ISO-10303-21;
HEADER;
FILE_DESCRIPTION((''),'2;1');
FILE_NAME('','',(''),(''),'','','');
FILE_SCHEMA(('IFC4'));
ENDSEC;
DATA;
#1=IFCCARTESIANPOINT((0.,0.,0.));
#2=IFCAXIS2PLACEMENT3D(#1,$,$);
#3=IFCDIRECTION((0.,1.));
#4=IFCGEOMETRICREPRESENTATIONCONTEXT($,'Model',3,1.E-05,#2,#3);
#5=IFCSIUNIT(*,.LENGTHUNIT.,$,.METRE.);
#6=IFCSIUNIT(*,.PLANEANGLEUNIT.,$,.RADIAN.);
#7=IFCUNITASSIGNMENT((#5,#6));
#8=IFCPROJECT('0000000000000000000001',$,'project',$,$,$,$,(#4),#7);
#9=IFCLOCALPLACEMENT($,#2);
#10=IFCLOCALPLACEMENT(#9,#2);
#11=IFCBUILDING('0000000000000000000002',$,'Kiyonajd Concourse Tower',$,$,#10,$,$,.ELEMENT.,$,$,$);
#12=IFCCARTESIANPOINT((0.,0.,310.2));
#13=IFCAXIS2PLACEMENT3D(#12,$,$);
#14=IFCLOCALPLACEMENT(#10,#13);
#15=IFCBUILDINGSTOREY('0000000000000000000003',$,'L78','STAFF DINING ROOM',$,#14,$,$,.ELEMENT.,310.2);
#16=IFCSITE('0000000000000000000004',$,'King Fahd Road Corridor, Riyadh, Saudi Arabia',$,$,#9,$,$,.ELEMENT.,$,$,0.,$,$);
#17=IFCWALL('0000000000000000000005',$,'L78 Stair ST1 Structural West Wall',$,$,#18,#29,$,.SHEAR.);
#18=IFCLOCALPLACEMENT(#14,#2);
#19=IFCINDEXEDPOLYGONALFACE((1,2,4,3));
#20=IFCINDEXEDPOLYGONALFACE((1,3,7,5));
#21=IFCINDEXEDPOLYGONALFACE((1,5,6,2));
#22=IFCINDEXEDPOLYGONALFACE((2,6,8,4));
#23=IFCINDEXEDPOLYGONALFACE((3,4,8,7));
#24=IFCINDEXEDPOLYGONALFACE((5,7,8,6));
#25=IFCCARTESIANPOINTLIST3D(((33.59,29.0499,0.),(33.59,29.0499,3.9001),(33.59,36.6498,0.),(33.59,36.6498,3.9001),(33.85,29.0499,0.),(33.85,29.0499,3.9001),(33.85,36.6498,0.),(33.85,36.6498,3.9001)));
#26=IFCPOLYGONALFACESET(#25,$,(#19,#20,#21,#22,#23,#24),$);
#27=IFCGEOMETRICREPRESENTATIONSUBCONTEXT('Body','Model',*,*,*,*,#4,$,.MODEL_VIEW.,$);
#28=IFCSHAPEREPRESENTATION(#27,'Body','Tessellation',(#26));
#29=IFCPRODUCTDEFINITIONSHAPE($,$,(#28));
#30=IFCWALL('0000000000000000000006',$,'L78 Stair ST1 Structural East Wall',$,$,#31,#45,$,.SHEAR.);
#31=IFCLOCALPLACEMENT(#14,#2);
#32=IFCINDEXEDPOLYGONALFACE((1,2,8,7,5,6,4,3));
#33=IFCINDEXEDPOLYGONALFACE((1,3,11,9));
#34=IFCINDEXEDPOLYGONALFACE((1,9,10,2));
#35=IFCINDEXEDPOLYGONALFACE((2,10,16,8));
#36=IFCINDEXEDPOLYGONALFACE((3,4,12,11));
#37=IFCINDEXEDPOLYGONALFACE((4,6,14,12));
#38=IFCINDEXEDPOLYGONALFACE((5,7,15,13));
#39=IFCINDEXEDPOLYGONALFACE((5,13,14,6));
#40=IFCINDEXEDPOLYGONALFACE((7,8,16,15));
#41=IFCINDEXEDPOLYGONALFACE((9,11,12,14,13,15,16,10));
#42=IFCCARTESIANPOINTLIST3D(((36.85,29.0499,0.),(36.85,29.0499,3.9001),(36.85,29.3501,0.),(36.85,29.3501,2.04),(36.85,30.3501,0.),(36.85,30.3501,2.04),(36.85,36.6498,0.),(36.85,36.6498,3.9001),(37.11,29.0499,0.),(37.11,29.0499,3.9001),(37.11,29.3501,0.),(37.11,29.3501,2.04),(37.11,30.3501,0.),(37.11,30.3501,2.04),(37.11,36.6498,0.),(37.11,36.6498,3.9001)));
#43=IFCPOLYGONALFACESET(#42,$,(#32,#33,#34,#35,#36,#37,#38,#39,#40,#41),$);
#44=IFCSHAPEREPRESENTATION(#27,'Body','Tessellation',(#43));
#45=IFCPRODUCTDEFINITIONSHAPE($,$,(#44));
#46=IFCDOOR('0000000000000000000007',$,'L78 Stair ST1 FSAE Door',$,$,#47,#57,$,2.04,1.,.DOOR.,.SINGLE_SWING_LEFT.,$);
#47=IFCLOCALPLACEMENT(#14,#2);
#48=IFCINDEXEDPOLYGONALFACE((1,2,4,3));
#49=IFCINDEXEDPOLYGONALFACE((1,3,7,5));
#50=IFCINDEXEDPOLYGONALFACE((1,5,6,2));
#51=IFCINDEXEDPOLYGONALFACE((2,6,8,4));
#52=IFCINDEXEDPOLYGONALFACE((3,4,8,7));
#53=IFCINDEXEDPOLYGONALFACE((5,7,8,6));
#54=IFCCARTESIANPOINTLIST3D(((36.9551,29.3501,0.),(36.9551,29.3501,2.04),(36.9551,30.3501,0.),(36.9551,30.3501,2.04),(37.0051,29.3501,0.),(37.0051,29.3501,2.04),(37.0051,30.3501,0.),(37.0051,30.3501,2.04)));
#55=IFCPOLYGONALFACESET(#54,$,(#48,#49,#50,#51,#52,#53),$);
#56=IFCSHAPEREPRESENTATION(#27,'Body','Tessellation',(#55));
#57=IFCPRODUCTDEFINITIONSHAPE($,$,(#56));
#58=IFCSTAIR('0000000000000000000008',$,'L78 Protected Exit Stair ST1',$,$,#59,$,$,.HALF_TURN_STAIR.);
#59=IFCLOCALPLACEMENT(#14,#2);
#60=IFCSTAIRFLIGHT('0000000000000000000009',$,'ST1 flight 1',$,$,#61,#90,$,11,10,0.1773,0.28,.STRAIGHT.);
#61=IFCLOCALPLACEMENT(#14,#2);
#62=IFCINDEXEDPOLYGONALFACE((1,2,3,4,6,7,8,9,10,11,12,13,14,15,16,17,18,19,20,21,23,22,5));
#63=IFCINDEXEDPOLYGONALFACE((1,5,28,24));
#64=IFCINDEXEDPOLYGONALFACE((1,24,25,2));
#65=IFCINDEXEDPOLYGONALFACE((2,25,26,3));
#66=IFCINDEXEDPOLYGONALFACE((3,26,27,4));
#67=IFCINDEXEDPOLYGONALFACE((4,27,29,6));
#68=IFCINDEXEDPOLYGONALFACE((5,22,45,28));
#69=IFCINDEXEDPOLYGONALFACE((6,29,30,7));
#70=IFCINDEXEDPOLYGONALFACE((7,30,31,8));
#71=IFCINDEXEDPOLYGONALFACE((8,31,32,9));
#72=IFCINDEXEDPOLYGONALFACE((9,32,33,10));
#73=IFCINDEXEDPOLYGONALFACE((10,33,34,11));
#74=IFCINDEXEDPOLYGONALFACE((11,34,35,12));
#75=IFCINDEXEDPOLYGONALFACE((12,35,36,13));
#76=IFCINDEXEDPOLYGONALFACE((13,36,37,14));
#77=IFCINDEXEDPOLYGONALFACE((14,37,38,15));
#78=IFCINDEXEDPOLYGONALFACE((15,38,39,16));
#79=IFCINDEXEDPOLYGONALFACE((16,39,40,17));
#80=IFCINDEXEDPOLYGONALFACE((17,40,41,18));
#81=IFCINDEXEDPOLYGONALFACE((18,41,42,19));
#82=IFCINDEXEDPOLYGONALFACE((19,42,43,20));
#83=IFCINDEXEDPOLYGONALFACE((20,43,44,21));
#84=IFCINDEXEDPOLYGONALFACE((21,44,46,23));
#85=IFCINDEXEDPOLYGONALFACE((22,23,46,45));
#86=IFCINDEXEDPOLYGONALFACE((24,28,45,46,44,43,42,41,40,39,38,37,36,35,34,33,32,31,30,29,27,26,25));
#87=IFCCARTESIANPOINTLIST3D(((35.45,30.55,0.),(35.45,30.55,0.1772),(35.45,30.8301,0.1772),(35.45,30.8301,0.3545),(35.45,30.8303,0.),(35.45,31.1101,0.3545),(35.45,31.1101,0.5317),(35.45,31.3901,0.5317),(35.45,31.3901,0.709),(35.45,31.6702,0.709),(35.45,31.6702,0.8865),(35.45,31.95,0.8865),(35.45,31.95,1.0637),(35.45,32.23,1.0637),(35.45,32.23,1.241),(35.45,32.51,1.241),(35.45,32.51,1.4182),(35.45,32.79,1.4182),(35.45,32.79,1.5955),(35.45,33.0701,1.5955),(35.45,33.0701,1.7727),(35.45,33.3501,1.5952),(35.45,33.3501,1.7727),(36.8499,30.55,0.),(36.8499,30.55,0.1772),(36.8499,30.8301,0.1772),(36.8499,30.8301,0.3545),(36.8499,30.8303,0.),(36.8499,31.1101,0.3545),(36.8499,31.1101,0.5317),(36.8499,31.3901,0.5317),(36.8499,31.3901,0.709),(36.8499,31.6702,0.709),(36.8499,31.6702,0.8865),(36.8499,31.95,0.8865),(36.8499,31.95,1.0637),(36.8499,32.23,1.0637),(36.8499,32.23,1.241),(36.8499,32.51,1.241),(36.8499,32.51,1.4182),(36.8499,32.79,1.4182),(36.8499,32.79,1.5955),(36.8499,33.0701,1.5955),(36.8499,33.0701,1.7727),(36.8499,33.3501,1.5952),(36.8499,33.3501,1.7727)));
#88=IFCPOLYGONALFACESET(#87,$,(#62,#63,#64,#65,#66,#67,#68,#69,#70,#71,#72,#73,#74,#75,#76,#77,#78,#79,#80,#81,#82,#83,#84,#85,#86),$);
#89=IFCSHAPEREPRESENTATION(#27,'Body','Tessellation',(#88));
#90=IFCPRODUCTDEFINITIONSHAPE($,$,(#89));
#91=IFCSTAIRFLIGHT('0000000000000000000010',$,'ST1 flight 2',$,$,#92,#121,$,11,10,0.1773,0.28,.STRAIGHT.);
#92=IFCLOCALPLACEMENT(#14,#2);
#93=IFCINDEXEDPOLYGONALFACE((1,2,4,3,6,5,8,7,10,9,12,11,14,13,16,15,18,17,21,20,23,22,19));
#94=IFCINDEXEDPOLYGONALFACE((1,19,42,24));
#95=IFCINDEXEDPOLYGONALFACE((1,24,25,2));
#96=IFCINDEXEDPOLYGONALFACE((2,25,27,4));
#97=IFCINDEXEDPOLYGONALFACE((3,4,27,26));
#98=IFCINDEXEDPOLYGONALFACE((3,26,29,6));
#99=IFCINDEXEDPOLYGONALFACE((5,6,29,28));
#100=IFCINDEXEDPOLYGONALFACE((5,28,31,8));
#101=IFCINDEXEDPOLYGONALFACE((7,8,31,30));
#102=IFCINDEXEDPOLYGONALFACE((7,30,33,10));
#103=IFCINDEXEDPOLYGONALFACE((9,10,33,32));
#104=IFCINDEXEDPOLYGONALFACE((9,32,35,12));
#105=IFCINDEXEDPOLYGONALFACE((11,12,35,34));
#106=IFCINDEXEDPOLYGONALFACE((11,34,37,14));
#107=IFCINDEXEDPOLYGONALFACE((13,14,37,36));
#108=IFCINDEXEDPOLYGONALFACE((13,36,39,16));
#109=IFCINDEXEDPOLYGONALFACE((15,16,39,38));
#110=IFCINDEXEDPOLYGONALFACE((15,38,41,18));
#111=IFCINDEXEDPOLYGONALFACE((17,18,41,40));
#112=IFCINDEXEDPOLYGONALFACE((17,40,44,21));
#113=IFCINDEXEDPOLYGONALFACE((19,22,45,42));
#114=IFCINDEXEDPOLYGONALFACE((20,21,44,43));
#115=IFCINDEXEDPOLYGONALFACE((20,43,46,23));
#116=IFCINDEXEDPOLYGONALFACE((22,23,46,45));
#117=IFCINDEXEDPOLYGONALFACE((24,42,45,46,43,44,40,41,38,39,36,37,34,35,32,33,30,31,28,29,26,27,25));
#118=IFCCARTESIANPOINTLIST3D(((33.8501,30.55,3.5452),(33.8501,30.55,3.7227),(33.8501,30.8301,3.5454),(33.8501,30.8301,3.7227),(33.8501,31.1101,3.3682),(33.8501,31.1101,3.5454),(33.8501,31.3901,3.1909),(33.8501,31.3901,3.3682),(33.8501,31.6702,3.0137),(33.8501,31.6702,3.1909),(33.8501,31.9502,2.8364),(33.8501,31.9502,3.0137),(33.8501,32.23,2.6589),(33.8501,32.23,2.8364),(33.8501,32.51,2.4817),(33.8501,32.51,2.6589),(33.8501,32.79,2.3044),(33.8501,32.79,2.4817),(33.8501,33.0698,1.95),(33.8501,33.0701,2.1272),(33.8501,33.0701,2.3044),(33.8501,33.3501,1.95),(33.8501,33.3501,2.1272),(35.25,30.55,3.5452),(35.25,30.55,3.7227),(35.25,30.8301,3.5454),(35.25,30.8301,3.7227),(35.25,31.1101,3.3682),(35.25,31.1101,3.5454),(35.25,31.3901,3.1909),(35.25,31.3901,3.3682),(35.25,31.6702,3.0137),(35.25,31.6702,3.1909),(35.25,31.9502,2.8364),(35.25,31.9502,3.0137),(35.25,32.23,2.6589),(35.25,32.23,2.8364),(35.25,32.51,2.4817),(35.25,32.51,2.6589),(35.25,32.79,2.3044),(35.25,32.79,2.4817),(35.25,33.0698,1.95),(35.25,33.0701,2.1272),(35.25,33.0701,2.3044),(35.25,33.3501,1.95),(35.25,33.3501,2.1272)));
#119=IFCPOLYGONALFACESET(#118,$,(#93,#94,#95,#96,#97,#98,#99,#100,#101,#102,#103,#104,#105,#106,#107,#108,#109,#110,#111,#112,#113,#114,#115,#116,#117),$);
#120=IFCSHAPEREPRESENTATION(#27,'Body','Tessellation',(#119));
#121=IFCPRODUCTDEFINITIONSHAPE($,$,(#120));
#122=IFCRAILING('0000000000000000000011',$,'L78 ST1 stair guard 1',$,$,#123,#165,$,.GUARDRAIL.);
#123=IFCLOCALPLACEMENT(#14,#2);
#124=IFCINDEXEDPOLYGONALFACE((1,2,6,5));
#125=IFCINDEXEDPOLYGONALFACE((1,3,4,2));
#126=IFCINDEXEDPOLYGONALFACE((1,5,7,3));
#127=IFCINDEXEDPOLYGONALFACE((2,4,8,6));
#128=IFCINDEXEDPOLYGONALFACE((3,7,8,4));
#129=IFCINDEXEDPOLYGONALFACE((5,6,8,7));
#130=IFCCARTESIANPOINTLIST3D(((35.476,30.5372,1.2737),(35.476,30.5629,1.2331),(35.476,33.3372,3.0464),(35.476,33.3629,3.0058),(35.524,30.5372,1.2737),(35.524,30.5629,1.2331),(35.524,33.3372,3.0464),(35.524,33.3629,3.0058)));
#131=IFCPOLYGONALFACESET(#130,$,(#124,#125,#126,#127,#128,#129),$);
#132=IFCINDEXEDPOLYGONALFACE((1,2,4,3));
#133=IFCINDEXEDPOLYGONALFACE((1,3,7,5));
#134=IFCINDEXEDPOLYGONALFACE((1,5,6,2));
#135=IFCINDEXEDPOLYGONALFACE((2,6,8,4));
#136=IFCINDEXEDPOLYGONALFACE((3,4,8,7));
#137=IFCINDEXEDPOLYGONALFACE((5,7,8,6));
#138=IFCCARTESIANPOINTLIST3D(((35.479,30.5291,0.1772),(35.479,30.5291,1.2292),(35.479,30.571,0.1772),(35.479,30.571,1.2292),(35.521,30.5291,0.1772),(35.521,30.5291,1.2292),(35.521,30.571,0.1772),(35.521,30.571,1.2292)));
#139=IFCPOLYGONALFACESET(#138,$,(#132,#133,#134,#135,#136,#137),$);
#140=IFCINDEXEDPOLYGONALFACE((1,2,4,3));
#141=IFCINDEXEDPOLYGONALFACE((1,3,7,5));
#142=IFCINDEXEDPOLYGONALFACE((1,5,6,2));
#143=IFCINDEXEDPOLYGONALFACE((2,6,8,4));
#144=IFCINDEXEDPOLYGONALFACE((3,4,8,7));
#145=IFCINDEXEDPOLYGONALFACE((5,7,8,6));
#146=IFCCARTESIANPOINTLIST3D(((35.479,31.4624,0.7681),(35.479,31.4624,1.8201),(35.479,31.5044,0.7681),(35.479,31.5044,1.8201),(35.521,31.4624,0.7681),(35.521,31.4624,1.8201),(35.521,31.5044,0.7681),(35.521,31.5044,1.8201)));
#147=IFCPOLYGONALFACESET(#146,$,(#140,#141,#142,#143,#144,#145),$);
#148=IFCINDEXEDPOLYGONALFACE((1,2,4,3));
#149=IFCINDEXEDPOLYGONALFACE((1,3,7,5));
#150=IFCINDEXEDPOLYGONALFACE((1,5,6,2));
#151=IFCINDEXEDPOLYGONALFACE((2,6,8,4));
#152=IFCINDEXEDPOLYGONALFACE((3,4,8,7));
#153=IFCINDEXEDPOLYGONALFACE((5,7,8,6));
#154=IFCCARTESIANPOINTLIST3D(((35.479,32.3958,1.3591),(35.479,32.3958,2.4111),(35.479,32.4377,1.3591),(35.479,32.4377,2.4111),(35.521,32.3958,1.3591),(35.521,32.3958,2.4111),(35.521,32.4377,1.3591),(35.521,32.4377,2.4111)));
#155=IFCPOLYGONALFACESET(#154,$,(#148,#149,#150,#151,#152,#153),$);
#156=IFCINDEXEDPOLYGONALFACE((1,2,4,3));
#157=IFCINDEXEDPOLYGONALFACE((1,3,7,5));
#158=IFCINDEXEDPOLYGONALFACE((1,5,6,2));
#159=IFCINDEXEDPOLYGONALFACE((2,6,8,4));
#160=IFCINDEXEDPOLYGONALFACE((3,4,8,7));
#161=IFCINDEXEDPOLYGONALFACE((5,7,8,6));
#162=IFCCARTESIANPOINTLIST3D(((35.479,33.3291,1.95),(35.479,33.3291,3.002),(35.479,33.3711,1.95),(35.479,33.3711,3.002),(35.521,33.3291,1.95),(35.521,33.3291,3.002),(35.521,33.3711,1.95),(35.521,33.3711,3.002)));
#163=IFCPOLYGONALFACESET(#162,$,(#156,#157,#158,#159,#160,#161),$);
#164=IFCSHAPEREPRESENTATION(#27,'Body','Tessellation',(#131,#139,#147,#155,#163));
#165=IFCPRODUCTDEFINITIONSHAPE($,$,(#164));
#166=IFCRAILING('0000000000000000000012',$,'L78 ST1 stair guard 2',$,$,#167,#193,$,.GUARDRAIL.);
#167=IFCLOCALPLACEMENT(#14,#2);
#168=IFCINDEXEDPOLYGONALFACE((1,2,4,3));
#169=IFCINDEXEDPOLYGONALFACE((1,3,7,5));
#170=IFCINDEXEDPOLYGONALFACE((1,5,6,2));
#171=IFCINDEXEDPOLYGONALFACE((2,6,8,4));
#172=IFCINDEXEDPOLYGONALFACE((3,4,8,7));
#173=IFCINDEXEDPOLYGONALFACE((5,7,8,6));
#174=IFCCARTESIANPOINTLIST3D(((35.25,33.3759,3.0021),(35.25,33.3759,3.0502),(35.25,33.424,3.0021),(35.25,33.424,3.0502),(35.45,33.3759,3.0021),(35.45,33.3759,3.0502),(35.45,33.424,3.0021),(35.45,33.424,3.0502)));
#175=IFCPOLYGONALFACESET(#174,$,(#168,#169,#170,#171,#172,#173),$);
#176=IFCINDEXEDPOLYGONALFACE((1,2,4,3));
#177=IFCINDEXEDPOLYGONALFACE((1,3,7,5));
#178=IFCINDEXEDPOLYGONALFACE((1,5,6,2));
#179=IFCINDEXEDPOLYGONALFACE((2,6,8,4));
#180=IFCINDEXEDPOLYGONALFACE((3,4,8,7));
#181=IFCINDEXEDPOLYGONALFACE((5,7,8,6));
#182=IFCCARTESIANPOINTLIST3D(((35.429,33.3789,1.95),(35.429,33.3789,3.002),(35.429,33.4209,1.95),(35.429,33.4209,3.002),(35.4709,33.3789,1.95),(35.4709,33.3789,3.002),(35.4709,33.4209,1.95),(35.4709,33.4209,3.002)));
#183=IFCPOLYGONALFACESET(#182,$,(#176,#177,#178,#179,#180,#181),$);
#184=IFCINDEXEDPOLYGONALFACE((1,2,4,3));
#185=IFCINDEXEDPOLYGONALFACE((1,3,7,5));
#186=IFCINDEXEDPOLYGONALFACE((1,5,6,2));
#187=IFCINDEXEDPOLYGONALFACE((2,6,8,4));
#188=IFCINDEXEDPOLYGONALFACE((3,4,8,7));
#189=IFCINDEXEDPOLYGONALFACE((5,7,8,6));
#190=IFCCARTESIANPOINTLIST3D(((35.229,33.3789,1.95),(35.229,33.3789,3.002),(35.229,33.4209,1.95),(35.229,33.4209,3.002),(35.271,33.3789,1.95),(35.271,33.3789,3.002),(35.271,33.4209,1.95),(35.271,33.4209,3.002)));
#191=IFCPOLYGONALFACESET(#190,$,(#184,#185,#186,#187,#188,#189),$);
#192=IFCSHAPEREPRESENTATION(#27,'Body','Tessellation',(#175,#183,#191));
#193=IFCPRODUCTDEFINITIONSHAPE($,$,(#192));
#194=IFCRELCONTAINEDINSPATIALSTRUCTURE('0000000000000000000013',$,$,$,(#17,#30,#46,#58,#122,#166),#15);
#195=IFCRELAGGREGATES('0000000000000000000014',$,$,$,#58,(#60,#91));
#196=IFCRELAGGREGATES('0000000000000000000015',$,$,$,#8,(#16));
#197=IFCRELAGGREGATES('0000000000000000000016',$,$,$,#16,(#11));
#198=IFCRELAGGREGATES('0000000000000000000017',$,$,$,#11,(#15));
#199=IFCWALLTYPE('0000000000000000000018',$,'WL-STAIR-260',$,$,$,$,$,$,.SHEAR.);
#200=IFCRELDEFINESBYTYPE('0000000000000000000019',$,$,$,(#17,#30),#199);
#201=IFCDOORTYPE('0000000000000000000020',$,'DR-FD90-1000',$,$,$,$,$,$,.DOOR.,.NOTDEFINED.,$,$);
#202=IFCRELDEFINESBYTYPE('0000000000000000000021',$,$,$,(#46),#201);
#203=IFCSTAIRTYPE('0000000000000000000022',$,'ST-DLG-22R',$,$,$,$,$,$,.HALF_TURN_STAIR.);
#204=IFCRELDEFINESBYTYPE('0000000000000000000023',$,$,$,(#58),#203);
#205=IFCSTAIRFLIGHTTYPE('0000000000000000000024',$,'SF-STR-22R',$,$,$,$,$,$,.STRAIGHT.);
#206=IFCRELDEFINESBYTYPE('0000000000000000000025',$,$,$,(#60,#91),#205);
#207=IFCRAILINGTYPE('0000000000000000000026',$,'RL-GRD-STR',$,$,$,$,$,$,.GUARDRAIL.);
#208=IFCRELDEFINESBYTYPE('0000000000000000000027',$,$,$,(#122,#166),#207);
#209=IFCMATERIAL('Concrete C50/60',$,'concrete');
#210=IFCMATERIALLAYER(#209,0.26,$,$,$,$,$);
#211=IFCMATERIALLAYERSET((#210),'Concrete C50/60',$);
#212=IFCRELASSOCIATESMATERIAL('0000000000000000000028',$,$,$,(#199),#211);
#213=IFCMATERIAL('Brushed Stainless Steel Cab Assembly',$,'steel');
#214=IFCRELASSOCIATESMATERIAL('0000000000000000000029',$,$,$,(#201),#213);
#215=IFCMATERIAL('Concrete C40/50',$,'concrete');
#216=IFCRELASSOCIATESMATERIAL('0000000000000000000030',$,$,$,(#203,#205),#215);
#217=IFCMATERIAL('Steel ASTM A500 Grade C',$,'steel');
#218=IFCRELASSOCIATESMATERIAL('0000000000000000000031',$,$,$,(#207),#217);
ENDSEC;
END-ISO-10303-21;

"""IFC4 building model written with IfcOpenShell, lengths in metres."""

from ifc_helpers import new_model, si_unit, direction, frame, frame_2d, origin, origin_2d, place, context, subcontext, project, spatial, polyline, rectangle, outline, extrude, material, layer, layer_set, type_object, element, fill, aggregate, save


model = new_model("IFC4")

# Units and contexts
model_context = context("Model", 3, precision=1e-05, world=origin(), true_north=direction((0.0, 1.0)))
body_context = subcontext(model_context, "Body", "Model", "MODEL_VIEW")
ifc_project = project(units=[si_unit("LENGTHUNIT", "METRE"), si_unit("PLANEANGLEUNIT", "RADIAN")], contexts=[model_context])

# Site, building, storey
site_placement = place(None, origin())
site = spatial("IfcSite", under=ifc_project, at=site_placement, Name="King Fahd Road Corridor, Riyadh, Saudi Arabia", CompositionType="ELEMENT", RefElevation=0.0)
building_placement = place(site_placement, origin())
building = spatial("IfcBuilding", under=site, at=building_placement, Name="Kiyonajd Concourse Tower", CompositionType="ELEMENT")
storey_placement = place(building_placement, frame((0.0, 0.0, 310.2)))
storey = spatial("IfcBuildingStorey", under=building, at=storey_placement, Name="L78", Description="STAFF DINING ROOM", CompositionType="ELEMENT", Elevation=310.2)

# Shared definitions
ifc_material_1 = material(Name="Concrete C50/60", Category="concrete")

# Shared definitions
ifc_material_2 = material(Name="Brushed Stainless Steel Cab Assembly", Category="steel")

# Wall
ifc_layer_1 = layer(ifc_material_1, 0.26)
ifc_layer_set_1 = layer_set([ifc_layer_1], Name="Concrete C50/60")
wall_type_1 = type_object("IfcWallType", Name="WL-STAIR-260", PredefinedType="SHEAR", material=ifc_layer_set_1)
wall_1_placement = place(storey_placement, frame((33.72, 29.05, 0.0), z_axis=(0.0, 0.0, 1.0), x_axis=(0.0, 1.0, 0.0)))
element("IfcWall", 1, at=wall_1_placement, inside=storey, type_object=wall_type_1, Name="L78 Stair ST1 Structural West Wall", PredefinedType="SHEAR", context=body_context, shape_type="SweptSolid", body=[
    extrude(rectangle(XDim=7.5999, YDim=0.26, at=frame_2d((3.7998, 0.0))), origin(), (0.0, 0.0, 1.0), 3.9001),
])

# Wall, opening, door
wall_2_placement = place(storey_placement, frame((36.98, 29.05, 0.0), z_axis=(0.0, 0.0, 1.0), x_axis=(0.0, 1.0, 0.0)))
wall_2 = element("IfcWall", 2, at=wall_2_placement, inside=storey, type_object=wall_type_1, Name="L78 Stair ST1 Structural East Wall", PredefinedType="SHEAR", context=body_context, shape_type="SweptSolid", body=[
    extrude(rectangle(XDim=7.5999, YDim=0.26, at=frame_2d((3.7998, 0.0))), origin(), (0.0, 0.0, 1.0), 3.9001),
])
opening_1_placement = place(wall_2_placement, frame((0.3, 0.0, 0.0)))
opening_1 = element("IfcOpeningElement", 3, at=opening_1_placement, cuts=wall_2, PredefinedType="OPENING", context=body_context, shape_type="SweptSolid", body=[
    extrude(rectangle(XDim=1.0, YDim=2.04, at=frame_2d((0.5, 1.02))), frame((0.0, 0.1399, 0.0), z_axis=(0.0, -1.0, 0.0), x_axis=(1.0, 0.0, 0.0)), (0.0, 0.0, 1.0), 0.28),
])
door_type_1 = type_object("IfcDoorType", Name="DR-FD90-1000", OperationType="NOTDEFINED", PredefinedType="DOOR", material=ifc_material_2)
door_1_placement = place(opening_1_placement, origin())
door_1 = element("IfcDoor", 4, at=door_1_placement, inside=storey, type_object=door_type_1, Name="L78 Stair ST1 FSAE Door", OperationType="SINGLE_SWING_LEFT", OverallHeight=2.04, OverallWidth=1.0, PredefinedType="DOOR", context=body_context, shape_type="SweptSolid", body=[
    extrude(rectangle(XDim=1.0, YDim=2.04, at=frame_2d((0.5, 1.02))), frame((0.0, 0.0249, 0.0), z_axis=(0.0, -1.0, 0.0), x_axis=(1.0, 0.0, 0.0)), (0.0, 0.0, 1.0), 0.05),
])
fill(opening_1, door_1)

# Stair, stair flights
ifc_material_3 = material(Name="Concrete C40/50", Category="concrete")
stair_type = type_object("IfcStairType", Name="ST-DLG-22R", PredefinedType="HALF_TURN_STAIR", material=ifc_material_3)
stair_placement = place(storey_placement, origin())
stair = element("IfcStair", 5, at=stair_placement, inside=storey, type_object=stair_type, Name="L78 Protected Exit Stair ST1", PredefinedType="HALF_TURN_STAIR")
stair_flight_type = type_object("IfcStairFlightType", Name="SF-STR-22R", PredefinedType="STRAIGHT", material=ifc_material_3)
stair_flight_1_placement = place(storey_placement, frame((36.1499, 30.55, 0.0), z_axis=(0.0, 0.0, 1.0), x_axis=(0.0, 1.0, 0.0)))
stair_flight_1 = element("IfcStairFlight", 6, at=stair_flight_1_placement, type_object=stair_flight_type, Name="ST1 flight 1", NumberOfRisers=11, NumberOfTreads=10, PredefinedType="STRAIGHT", RiserHeight=0.1773, TreadLength=0.28, context=body_context, shape_type="SweptSolid", body=[
    extrude(outline(polyline([(0.0, 0.0), (0.0, 0.1772), (0.28, 0.1772), (0.28, 0.3545), (0.5601, 0.3545), (0.5601, 0.5317), (0.8401, 0.5317), (0.8401, 0.709), (1.1201, 0.709), (1.1201, 0.8865), (1.3999, 0.8865), (1.3999, 1.0637), (1.6799, 1.0637), (1.6799, 1.241), (1.96, 1.241), (1.96, 1.4182), (2.24, 1.4182), (2.24, 1.5955), (2.52, 1.5955), (2.52, 1.7727), (2.8, 1.7727), (2.8, 1.95), (2.8, 1.5952), (0.2803, 0.0), (0.0, 0.0)])), frame((0.0, 0.7, 0.0), z_axis=(0.0, -1.0, 0.0), x_axis=(1.0, 0.0, 0.0)), (0.0, 0.0, 1.0), 1.3999),
])
stair_flight_2_placement = place(storey_placement, frame((34.55, 33.3501, 1.95), z_axis=(0.0, 0.0, 1.0), x_axis=(0.0, -1.0, 0.0)))
stair_flight_2 = element("IfcStairFlight", 7, at=stair_flight_2_placement, type_object=stair_flight_type, Name="ST1 flight 2", NumberOfRisers=11, NumberOfTreads=10, PredefinedType="STRAIGHT", RiserHeight=0.1773, TreadLength=0.28, context=body_context, shape_type="SweptSolid", body=[
    extrude(outline(polyline([(0.0, 0.0), (0.0, 0.1772), (0.28, 0.1772), (0.28, 0.3545), (0.5601, 0.3545), (0.5601, 0.5317), (0.8401, 0.5317), (0.8401, 0.709), (1.1201, 0.709), (1.1201, 0.8865), (1.3999, 0.8865), (1.3999, 1.0637), (1.6799, 1.0637), (1.6799, 1.241), (1.96, 1.241), (1.96, 1.4182), (2.24, 1.4182), (2.24, 1.5955), (2.52, 1.5955), (2.52, 1.7727), (2.8, 1.7727), (2.8, 1.95), (2.8, 1.5952), (0.2803, 0.0), (0.0, 0.0)])), frame((0.0, 0.7, 0.0), z_axis=(0.0, -1.0, 0.0), x_axis=(1.0, 0.0, 0.0)), (0.0, 0.0, 1.0), 1.3999),
])
aggregate(stair, [stair_flight_1, stair_flight_2])

# Railings
ifc_material_4 = material(Name="Steel ASTM A500 Grade C", Category="steel")
railing_type_1 = type_object("IfcRailingType", Name="RL-GRD-STR", PredefinedType="GUARDRAIL", material=ifc_material_4)
railing_1_placement = place(storey_placement, frame((35.5, 30.55, 0.1772)))
element("IfcRailing", 8, at=railing_1_placement, inside=storey, type_object=railing_type_1, Name="L78 ST1 stair guard 1", PredefinedType="GUARDRAIL", context=body_context, shape_type="SweptSolid", body=[
    extrude(rectangle(XDim=0.0481, YDim=0.0481, at=origin_2d()), frame((0.0, 0.0, 1.0762), z_axis=(0.0, 0.844909, 0.53491), x_axis=(-1.0, 0.0, 0.0)), (0.0, 0.0, 1.0), 3.314),
    extrude(rectangle(XDim=0.042, YDim=0.042, at=origin_2d()), origin(), (0.0, 0.0, 1.0), 1.052),
    extrude(rectangle(XDim=0.042, YDim=0.042, at=origin_2d()), frame((0.0, 0.9333, 0.5908)), (0.0, 0.0, 1.0), 1.052),
    extrude(rectangle(XDim=0.042, YDim=0.042, at=origin_2d()), frame((0.0, 1.8667, 1.1819)), (0.0, 0.0, 1.0), 1.052),
    extrude(rectangle(XDim=0.042, YDim=0.042, at=origin_2d()), frame((0.0, 2.8, 1.7727)), (0.0, 0.0, 1.0), 1.052),
])
railing_2_placement = place(storey_placement, frame((35.45, 33.3999, 1.95)))
element("IfcRailing", 9, at=railing_2_placement, inside=storey, type_object=railing_type_1, Name="L78 ST1 stair guard 2", PredefinedType="GUARDRAIL", context=body_context, shape_type="SweptSolid", body=[
    extrude(rectangle(XDim=0.0481, YDim=0.0481, at=origin_2d()), frame((0.0, 0.0, 1.0762), z_axis=(-1.0, 0.0, 0.0), x_axis=(0.0, -1.0, 0.0)), (0.0, 0.0, 1.0), 0.2),
    extrude(rectangle(XDim=0.042, YDim=0.042, at=origin_2d()), origin(), (0.0, 0.0, 1.0), 1.052),
    extrude(rectangle(XDim=0.042, YDim=0.042, at=origin_2d()), frame((-0.2, 0.0, 0.0)), (0.0, 0.0, 1.0), 1.052),
])

save(model, "model.ifc")
